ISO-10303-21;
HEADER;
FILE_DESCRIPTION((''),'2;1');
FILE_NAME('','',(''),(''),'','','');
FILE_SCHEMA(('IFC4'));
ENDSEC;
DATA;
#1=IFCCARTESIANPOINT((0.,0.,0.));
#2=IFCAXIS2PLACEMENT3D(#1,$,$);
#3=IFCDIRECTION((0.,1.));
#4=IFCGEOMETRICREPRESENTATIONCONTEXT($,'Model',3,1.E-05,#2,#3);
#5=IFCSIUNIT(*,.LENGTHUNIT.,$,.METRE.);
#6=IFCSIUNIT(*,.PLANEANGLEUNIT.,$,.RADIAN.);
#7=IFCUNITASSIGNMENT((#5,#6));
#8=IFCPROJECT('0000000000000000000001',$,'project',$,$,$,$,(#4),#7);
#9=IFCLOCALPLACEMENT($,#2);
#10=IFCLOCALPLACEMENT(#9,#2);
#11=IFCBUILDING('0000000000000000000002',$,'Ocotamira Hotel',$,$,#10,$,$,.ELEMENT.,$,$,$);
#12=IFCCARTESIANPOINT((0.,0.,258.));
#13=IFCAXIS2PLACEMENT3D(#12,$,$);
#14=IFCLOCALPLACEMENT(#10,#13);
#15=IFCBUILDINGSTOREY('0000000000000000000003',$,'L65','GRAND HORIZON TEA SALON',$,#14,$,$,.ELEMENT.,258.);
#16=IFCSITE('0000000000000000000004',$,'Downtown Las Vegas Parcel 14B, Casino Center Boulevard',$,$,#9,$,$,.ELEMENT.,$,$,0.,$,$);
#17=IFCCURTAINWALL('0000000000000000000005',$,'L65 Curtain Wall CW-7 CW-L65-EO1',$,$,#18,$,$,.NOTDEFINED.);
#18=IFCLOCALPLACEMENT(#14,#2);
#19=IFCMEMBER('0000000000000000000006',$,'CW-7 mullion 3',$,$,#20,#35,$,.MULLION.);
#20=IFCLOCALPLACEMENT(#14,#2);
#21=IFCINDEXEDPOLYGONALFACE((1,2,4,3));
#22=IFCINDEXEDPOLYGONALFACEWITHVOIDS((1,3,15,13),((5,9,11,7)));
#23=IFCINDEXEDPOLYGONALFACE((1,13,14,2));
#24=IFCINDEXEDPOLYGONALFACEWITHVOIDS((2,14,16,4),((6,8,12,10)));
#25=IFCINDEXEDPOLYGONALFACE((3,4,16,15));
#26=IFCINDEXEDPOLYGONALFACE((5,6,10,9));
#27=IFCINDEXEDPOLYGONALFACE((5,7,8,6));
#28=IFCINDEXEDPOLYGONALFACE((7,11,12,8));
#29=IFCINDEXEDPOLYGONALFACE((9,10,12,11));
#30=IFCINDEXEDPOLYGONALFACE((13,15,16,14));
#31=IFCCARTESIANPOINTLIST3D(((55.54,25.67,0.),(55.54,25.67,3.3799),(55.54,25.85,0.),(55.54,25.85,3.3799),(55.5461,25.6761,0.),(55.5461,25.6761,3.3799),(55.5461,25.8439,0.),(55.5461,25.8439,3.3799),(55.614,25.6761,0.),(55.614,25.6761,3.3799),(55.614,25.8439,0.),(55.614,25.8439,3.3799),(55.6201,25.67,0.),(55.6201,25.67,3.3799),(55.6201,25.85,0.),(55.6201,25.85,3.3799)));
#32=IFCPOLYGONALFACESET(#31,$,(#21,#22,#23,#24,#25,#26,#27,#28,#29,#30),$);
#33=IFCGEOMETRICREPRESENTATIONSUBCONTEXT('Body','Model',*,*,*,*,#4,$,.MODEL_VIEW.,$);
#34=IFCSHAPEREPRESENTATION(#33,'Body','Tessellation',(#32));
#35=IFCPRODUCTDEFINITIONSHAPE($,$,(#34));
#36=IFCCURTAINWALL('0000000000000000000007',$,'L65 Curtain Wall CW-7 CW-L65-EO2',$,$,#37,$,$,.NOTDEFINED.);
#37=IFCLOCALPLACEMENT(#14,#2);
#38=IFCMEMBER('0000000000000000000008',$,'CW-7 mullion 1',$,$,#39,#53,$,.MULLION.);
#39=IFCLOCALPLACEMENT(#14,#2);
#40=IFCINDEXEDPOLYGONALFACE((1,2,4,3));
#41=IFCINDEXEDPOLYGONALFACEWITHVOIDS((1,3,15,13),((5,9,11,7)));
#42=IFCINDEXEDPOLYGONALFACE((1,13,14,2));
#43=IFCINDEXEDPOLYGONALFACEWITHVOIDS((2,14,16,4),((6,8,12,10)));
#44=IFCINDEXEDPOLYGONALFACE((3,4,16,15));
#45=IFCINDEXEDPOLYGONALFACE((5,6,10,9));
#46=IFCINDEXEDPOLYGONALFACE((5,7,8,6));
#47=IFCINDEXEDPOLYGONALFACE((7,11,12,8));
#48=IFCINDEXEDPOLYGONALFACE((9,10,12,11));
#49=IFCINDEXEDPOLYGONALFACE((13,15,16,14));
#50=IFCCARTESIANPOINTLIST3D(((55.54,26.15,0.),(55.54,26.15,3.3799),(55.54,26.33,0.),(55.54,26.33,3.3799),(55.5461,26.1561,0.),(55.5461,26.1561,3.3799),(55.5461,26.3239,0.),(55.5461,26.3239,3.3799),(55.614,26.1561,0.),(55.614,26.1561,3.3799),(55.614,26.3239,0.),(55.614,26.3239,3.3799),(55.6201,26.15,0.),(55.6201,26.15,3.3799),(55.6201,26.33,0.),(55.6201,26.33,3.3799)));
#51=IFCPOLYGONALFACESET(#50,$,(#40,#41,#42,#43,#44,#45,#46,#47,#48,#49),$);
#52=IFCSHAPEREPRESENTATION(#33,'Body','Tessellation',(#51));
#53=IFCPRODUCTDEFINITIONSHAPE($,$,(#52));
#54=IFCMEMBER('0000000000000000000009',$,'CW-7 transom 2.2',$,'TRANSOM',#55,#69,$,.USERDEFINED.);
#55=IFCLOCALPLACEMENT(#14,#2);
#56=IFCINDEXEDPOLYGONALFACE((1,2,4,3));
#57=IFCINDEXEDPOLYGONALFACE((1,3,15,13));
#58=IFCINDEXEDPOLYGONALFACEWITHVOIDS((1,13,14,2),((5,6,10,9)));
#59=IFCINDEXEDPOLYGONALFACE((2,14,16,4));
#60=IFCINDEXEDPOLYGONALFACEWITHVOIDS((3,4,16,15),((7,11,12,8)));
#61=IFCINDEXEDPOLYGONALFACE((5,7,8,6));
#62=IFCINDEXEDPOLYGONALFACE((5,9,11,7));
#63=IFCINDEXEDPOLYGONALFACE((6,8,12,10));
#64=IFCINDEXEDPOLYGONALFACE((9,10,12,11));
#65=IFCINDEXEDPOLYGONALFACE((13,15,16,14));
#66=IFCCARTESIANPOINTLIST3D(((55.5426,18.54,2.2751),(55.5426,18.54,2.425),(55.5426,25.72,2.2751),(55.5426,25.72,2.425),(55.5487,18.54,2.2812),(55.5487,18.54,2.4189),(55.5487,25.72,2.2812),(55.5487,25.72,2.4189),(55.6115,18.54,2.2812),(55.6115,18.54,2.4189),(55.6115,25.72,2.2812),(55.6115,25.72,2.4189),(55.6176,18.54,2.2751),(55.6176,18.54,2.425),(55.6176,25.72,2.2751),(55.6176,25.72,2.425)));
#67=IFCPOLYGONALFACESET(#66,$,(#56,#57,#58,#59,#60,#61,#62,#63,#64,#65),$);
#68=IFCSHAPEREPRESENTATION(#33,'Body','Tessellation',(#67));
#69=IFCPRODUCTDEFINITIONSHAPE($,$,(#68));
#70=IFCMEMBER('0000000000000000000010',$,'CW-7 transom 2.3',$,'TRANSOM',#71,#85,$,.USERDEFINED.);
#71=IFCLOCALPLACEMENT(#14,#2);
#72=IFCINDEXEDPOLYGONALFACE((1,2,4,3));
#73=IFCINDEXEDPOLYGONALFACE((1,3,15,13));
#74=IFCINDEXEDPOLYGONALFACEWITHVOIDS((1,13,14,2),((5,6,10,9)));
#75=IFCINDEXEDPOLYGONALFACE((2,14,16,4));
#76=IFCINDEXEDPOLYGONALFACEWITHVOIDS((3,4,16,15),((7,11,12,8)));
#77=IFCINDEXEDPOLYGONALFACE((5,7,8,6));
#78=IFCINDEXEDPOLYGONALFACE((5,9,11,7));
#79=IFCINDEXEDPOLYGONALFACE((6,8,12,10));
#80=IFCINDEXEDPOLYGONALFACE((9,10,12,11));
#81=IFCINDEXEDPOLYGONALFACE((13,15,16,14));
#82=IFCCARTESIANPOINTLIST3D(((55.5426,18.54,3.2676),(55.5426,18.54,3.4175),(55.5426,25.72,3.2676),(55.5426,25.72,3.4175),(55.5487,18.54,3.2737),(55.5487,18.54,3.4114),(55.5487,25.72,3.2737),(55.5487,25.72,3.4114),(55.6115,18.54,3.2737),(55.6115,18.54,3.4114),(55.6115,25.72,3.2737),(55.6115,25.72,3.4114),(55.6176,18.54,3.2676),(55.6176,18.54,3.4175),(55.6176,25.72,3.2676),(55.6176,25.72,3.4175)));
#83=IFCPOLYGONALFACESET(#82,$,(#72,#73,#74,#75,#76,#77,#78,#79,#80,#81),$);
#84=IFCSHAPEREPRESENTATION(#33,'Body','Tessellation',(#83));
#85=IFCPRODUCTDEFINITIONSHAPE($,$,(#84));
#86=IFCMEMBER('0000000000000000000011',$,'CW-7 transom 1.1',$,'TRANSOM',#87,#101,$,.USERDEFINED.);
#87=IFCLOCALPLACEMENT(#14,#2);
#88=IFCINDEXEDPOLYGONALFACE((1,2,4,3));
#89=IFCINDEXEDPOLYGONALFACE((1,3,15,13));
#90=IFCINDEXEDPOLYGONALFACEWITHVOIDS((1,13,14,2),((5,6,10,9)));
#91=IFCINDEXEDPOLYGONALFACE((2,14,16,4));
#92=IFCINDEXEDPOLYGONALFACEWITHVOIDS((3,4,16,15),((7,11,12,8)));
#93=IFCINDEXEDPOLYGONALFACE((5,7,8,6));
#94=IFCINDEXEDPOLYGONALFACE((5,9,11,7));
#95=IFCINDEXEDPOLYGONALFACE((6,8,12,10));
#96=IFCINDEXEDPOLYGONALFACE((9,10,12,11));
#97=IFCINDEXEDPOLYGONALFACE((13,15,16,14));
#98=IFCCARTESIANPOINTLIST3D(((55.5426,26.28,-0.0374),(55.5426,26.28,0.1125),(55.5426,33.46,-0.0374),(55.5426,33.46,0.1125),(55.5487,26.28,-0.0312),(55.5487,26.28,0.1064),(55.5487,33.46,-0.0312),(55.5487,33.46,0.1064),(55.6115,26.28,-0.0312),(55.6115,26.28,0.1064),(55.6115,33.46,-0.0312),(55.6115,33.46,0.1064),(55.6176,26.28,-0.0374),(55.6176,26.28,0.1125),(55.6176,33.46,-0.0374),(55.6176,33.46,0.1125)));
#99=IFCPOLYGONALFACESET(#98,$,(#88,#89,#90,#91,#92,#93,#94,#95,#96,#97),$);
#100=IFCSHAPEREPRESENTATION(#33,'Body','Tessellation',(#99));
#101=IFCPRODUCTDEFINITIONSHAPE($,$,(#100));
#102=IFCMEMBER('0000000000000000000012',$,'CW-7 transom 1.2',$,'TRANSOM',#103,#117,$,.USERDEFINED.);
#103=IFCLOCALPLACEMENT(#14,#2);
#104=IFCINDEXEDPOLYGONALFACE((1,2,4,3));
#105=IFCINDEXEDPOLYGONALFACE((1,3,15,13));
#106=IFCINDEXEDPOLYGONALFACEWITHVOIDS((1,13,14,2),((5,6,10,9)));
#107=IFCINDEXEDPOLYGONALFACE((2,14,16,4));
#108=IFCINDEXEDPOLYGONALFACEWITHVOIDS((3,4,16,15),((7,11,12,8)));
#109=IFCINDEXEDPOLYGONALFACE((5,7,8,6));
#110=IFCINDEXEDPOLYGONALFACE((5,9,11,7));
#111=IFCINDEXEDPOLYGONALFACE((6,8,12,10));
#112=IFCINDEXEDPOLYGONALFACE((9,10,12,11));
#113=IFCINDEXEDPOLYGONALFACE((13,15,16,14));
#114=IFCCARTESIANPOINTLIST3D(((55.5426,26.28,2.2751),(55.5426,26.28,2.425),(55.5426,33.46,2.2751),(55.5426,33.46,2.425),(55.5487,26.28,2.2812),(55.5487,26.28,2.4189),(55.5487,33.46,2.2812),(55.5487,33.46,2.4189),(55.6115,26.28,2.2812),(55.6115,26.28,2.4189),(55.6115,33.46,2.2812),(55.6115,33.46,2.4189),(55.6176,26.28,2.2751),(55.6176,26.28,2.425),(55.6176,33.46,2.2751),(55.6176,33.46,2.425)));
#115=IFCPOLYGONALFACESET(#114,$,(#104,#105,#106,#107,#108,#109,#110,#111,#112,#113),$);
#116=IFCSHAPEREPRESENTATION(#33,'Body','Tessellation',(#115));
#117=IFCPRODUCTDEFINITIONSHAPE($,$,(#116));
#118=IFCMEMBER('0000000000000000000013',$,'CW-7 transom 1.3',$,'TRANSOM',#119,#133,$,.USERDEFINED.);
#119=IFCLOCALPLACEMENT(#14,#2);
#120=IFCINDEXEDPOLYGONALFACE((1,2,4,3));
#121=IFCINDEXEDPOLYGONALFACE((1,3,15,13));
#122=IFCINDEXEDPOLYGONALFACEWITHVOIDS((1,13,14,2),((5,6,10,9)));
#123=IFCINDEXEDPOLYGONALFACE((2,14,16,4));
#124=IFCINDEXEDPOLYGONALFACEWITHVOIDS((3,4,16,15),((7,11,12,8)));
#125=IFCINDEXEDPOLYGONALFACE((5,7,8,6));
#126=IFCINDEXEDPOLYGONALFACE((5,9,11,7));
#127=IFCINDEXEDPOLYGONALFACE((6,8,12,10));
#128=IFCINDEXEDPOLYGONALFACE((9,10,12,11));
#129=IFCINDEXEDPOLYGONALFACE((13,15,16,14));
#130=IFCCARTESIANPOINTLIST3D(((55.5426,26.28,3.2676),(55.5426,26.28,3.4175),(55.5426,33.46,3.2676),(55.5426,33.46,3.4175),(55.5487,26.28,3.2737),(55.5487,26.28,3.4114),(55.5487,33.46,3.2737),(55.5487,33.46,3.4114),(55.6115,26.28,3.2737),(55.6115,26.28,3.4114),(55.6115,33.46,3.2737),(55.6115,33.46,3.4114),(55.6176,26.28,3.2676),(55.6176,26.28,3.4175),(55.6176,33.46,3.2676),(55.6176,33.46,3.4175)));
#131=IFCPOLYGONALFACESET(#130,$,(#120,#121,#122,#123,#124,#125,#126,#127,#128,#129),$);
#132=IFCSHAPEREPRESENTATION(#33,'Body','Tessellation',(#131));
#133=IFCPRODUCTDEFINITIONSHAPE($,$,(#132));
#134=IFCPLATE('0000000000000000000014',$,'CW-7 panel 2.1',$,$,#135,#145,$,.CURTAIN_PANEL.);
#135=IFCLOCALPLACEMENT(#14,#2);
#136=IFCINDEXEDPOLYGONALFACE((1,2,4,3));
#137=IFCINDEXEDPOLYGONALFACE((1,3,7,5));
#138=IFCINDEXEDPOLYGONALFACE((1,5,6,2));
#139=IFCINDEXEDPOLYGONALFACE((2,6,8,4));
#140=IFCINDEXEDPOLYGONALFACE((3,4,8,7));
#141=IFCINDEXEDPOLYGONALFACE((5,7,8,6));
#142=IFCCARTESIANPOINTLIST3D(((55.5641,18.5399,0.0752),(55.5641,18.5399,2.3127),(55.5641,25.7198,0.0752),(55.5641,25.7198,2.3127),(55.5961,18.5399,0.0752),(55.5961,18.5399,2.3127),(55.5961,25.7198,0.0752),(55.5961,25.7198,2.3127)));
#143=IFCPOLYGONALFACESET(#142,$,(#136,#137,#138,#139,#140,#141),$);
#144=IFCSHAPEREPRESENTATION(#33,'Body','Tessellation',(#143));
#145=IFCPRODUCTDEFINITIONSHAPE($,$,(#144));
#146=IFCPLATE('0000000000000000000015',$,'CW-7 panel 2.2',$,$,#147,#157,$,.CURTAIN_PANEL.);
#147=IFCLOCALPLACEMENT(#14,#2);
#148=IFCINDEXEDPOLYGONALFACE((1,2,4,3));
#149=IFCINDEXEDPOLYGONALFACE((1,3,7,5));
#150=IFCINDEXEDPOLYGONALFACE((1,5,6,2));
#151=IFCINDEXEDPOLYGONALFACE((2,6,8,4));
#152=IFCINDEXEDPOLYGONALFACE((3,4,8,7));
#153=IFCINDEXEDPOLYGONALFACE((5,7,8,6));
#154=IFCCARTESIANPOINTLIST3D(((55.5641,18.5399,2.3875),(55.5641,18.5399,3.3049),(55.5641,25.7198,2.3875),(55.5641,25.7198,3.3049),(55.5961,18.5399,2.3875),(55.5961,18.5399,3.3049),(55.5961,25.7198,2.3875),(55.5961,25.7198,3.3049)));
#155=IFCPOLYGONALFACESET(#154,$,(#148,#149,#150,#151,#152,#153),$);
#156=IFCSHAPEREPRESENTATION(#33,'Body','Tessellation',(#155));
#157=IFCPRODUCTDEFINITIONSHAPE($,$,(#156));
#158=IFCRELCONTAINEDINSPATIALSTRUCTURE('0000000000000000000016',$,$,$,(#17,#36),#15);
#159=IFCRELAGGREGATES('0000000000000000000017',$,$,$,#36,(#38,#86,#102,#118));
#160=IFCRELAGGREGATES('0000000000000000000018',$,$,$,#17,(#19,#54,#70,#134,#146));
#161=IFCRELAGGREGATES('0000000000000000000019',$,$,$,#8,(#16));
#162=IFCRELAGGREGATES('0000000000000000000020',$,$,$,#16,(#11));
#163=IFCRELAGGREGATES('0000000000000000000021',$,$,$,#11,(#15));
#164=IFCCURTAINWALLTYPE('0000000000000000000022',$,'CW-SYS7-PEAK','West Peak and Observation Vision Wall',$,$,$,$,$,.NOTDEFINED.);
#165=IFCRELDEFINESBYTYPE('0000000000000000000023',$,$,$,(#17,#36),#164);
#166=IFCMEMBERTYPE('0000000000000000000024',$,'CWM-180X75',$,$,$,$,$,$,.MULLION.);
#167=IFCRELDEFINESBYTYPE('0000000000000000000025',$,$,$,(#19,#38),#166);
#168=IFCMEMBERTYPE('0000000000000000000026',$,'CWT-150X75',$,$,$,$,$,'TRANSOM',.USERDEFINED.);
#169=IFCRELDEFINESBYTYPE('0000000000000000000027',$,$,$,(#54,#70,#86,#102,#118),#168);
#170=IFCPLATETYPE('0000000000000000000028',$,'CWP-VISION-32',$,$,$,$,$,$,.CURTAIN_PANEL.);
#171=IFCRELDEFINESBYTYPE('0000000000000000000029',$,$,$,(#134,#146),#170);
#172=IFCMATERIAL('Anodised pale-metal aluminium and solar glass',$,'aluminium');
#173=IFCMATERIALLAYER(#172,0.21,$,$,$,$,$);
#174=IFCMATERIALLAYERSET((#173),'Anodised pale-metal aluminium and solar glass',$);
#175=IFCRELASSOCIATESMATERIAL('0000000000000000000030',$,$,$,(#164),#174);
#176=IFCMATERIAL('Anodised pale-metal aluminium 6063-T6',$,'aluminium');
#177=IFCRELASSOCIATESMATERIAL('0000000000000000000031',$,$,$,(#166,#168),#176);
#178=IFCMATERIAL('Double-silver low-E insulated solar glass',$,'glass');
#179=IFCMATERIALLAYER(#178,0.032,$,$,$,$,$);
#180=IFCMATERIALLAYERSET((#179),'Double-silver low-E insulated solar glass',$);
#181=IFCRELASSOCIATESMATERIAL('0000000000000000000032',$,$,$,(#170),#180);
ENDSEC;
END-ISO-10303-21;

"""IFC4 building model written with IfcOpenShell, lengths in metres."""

from ifc_helpers import new_model, si_unit, direction, frame, origin, origin_2d, place, context, subcontext, project, spatial, rectangle, hollow_rectangle, extrude, source, transform, mapped, material, layer, layer_set, material_profile, profile_set, type_object, element, aggregate, save


model = new_model("IFC4")

# Units and contexts
model_context = context("Model", 3, precision=1e-05, world=origin(), true_north=direction((0.0, 1.0)))
body_context = subcontext(model_context, "Body", "Model", "MODEL_VIEW")
ifc_project = project(units=[si_unit("LENGTHUNIT", "METRE"), si_unit("PLANEANGLEUNIT", "RADIAN")], contexts=[model_context])

# Site, building, storey
site_placement = place(None, origin())
site = spatial("IfcSite", under=ifc_project, at=site_placement, Name="Downtown Las Vegas Parcel 14B, Casino Center Boulevard", CompositionType="ELEMENT", RefElevation=0.0)
building_placement = place(site_placement, origin())
building = spatial("IfcBuilding", under=site, at=building_placement, Name="Ocotamira Hotel", CompositionType="ELEMENT")
storey_placement = place(building_placement, frame((0.0, 0.0, 258.0)))
storey = spatial("IfcBuildingStorey", under=building, at=storey_placement, Name="L65", Description="GRAND HORIZON TEA SALON", CompositionType="ELEMENT", Elevation=258.0)

# Curtain walls, members
ifc_material_1 = material(Name="Anodised pale-metal aluminium and solar glass", Category="aluminium")
ifc_layer_1 = layer(ifc_material_1, 0.21)
ifc_layer_set_1 = layer_set([ifc_layer_1], Name="Anodised pale-metal aluminium and solar glass")
curtain_wall_type = type_object("IfcCurtainWallType", Name="CW-SYS7-PEAK", Description="West Peak and Observation Vision Wall", PredefinedType="NOTDEFINED", material=ifc_layer_set_1)
curtain_wall_1_placement = place(storey_placement, origin())
curtain_wall_1 = element("IfcCurtainWall", 1, at=curtain_wall_1_placement, inside=storey, type_object=curtain_wall_type, Name="L65 Curtain Wall CW-7 CW-L65-EO1", PredefinedType="NOTDEFINED")
ifc_material_2 = material(Name="Anodised pale-metal aluminium 6063-T6", Category="aluminium")
ifc_material_profile_1 = material_profile(ifc_material_2, hollow_rectangle(XDim=0.0801, YDim=0.1799, WallThickness=0.0061, at=origin_2d()), Name="HSS180X80X6")
ifc_profile_set_1 = profile_set([ifc_material_profile_1], Name="Anodised pale-metal aluminium 6063-T6")
member_type_1 = type_object("IfcMemberType", Name="CWM-180X75", PredefinedType="MULLION", material=ifc_profile_set_1)
shared_shape_1 = source(origin(), body_context, "Body", "SweptSolid", [
    extrude(hollow_rectangle(XDim=0.0801, YDim=0.1799, WallThickness=0.0061, at=origin_2d()), origin(), (0.0, 0.0, 1.0), 3.3799),
])
member_1_placement = place(storey_placement, frame((55.5801, 25.76, 0.0), z_axis=(0.0, 0.0, 1.0), x_axis=(-1.0, 0.0, 0.0)))
member_1 = element("IfcMember", 2, at=member_1_placement, type_object=member_type_1, Name="CW-7 mullion 3", PredefinedType="MULLION", context=body_context, shape_type="MappedRepresentation", body=[
    mapped(shared_shape_1, transform((0.0, 0.0, 0.0), scale=1.0)),
])
curtain_wall_2_placement = place(storey_placement, origin())
curtain_wall_2 = element("IfcCurtainWall", 3, at=curtain_wall_2_placement, inside=storey, type_object=curtain_wall_type, Name="L65 Curtain Wall CW-7 CW-L65-EO2", PredefinedType="NOTDEFINED")
member_2_placement = place(storey_placement, frame((55.5801, 26.24, 0.0), z_axis=(0.0, 0.0, 1.0), x_axis=(-1.0, 0.0, 0.0)))
member_2 = element("IfcMember", 4, at=member_2_placement, type_object=member_type_1, Name="CW-7 mullion 1", PredefinedType="MULLION", context=body_context, shape_type="MappedRepresentation", body=[
    mapped(shared_shape_1, transform((0.0, 0.0, 0.0), scale=1.0)),
])

# Members
ifc_material_profile_2 = material_profile(ifc_material_2, hollow_rectangle(XDim=0.075, YDim=0.1499, WallThickness=0.0061, at=origin_2d()), Name="HSS150X75X6")
ifc_profile_set_2 = profile_set([ifc_material_profile_2], Name="Anodised pale-metal aluminium 6063-T6")
member_type_2 = type_object("IfcMemberType", Name="CWT-150X75", ElementType="TRANSOM", PredefinedType="USERDEFINED", material=ifc_profile_set_2)
shared_shape_2 = source(origin(), body_context, "Body", "SweptSolid", [
    extrude(hollow_rectangle(XDim=0.075, YDim=0.1499, WallThickness=0.0061, at=origin_2d()), origin(), (0.0, 0.0, 1.0), 7.1799),
])
member_3_placement = place(storey_placement, frame((55.5801, 18.54, 2.3501), z_axis=(0.0, 1.0, 0.0), x_axis=(-1.0, 0.0, 0.0)))
member_3 = element("IfcMember", 5, at=member_3_placement, type_object=member_type_2, Name="CW-7 transom 2.2", ObjectType="TRANSOM", PredefinedType="USERDEFINED", context=body_context, shape_type="MappedRepresentation", body=[
    mapped(shared_shape_2, transform((0.0, 0.0, 0.0), scale=1.0)),
])
member_4_placement = place(storey_placement, frame((55.5801, 18.54, 3.3425), z_axis=(0.0, 1.0, 0.0), x_axis=(-1.0, 0.0, 0.0)))
member_4 = element("IfcMember", 6, at=member_4_placement, type_object=member_type_2, Name="CW-7 transom 2.3", ObjectType="TRANSOM", PredefinedType="USERDEFINED", context=body_context, shape_type="MappedRepresentation", body=[
    mapped(shared_shape_2, transform((0.0, 0.0, 0.0), scale=1.0)),
])
member_5_placement = place(storey_placement, frame((55.5801, 26.28, 0.0376), z_axis=(0.0, 1.0, 0.0), x_axis=(-1.0, 0.0, 0.0)))
member_5 = element("IfcMember", 7, at=member_5_placement, type_object=member_type_2, Name="CW-7 transom 1.1", ObjectType="TRANSOM", PredefinedType="USERDEFINED", context=body_context, shape_type="MappedRepresentation", body=[
    mapped(shared_shape_2, transform((0.0, 0.0, 0.0), scale=1.0)),
])
member_6_placement = place(storey_placement, frame((55.5801, 26.28, 2.3501), z_axis=(0.0, 1.0, 0.0), x_axis=(-1.0, 0.0, 0.0)))
member_6 = element("IfcMember", 8, at=member_6_placement, type_object=member_type_2, Name="CW-7 transom 1.2", ObjectType="TRANSOM", PredefinedType="USERDEFINED", context=body_context, shape_type="MappedRepresentation", body=[
    mapped(shared_shape_2, transform((0.0, 0.0, 0.0), scale=1.0)),
])
member_7_placement = place(storey_placement, frame((55.5801, 26.28, 3.3425), z_axis=(0.0, 1.0, 0.0), x_axis=(-1.0, 0.0, 0.0)))
member_7 = element("IfcMember", 9, at=member_7_placement, type_object=member_type_2, Name="CW-7 transom 1.3", ObjectType="TRANSOM", PredefinedType="USERDEFINED", context=body_context, shape_type="MappedRepresentation", body=[
    mapped(shared_shape_2, transform((0.0, 0.0, 0.0), scale=1.0)),
])
aggregate(curtain_wall_2, [member_2, member_5, member_6, member_7])

# Plates
ifc_material_3 = material(Name="Double-silver low-E insulated solar glass", Category="glass")
ifc_layer_2 = layer(ifc_material_3, 0.032)
ifc_layer_set_2 = layer_set([ifc_layer_2], Name="Double-silver low-E insulated solar glass")
plate_type = type_object("IfcPlateType", Name="CWP-VISION-32", PredefinedType="CURTAIN_PANEL", material=ifc_layer_set_2)
shared_shape_3 = source(origin(), body_context, "Body", "SweptSolid", [
    extrude(rectangle(XDim=7.1799, YDim=0.032, at=origin_2d()), origin(), (0.0, 0.0, 1.0), 2.2375),
])
plate_1_placement = place(storey_placement, frame((55.5801, 22.1299, 0.0752), z_axis=(0.0, 0.0, 1.0), x_axis=(0.0, 1.0, 0.0)))
plate_1 = element("IfcPlate", 10, at=plate_1_placement, type_object=plate_type, Name="CW-7 panel 2.1", PredefinedType="CURTAIN_PANEL", context=body_context, shape_type="MappedRepresentation", body=[
    mapped(shared_shape_3, transform((0.0, 0.0, 0.0), scale=1.0)),
])
shared_shape_4 = source(origin(), body_context, "Body", "SweptSolid", [
    extrude(rectangle(XDim=7.1799, YDim=0.032, at=origin_2d()), origin(), (0.0, 0.0, 1.0), 0.9175),
])
plate_2_placement = place(storey_placement, frame((55.5801, 22.1299, 2.3875), z_axis=(0.0, 0.0, 1.0), x_axis=(0.0, 1.0, 0.0)))
plate_2 = element("IfcPlate", 11, at=plate_2_placement, type_object=plate_type, Name="CW-7 panel 2.2", PredefinedType="CURTAIN_PANEL", context=body_context, shape_type="MappedRepresentation", body=[
    mapped(shared_shape_4, transform((0.0, 0.0, 0.0), scale=1.0)),
])
aggregate(curtain_wall_1, [member_1, member_3, member_4, plate_1, plate_2])

save(model, "model.ifc")
